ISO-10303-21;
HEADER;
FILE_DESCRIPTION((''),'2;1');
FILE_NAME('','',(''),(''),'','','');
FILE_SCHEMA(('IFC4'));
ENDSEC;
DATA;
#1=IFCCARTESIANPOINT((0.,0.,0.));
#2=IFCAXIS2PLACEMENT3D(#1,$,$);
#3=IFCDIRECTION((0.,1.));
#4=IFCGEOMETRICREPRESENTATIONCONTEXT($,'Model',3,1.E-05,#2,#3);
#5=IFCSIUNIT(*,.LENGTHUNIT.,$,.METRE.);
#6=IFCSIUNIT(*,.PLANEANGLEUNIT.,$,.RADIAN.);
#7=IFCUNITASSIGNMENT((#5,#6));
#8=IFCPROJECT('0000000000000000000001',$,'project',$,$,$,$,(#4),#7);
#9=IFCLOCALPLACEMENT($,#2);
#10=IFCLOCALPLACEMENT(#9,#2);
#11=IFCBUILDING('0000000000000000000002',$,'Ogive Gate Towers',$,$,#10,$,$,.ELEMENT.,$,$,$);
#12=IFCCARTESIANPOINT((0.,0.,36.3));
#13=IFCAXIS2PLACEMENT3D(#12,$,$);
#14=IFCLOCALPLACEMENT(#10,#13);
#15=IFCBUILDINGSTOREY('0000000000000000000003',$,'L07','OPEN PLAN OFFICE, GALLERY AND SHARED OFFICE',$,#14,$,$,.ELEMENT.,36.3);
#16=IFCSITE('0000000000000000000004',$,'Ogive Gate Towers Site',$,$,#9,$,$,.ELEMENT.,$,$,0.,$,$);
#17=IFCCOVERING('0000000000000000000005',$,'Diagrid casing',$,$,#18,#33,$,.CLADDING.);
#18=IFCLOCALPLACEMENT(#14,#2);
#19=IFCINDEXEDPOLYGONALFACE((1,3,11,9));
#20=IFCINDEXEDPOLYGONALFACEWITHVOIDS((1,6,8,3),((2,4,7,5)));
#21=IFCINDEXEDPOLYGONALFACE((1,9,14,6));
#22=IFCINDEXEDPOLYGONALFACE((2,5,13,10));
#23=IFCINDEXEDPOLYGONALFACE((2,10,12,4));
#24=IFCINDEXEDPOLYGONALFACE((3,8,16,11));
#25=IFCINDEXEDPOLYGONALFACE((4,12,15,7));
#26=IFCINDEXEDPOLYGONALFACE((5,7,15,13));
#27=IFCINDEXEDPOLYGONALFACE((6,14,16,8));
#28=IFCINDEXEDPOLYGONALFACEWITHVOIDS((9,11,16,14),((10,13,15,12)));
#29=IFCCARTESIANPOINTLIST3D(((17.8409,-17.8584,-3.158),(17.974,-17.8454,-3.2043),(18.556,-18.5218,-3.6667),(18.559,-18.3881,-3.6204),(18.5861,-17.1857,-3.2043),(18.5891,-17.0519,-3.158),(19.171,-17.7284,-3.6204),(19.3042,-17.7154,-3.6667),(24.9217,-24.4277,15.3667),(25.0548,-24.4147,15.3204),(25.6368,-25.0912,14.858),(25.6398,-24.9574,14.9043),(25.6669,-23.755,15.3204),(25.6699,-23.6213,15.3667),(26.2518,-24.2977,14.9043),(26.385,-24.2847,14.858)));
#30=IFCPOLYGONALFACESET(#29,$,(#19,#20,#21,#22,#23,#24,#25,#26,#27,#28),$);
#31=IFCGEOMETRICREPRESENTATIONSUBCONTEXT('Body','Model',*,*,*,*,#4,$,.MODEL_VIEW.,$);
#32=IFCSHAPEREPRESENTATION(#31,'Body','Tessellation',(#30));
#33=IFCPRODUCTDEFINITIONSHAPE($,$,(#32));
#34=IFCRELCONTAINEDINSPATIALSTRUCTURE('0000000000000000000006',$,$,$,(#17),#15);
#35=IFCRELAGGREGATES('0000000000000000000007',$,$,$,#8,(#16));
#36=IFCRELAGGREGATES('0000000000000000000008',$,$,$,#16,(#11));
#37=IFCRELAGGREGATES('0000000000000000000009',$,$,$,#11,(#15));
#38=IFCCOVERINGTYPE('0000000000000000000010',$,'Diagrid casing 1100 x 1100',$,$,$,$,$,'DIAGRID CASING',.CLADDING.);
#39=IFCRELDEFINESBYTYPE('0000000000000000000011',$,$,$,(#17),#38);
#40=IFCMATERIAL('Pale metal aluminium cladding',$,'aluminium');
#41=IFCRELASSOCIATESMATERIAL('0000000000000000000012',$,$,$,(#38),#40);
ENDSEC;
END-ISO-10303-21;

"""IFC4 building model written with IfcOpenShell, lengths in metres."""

from ifc_helpers import new_model, si_unit, direction, frame, origin, origin_2d, place, context, subcontext, project, spatial, hollow_rectangle, extrude, material, material_profile, profile_set, type_object, element, save


model = new_model("IFC4")

# Units and contexts
model_context = context("Model", 3, precision=1e-05, world=origin(), true_north=direction((0.0, 1.0)))
body_context = subcontext(model_context, "Body", "Model", "MODEL_VIEW")
ifc_project = project(units=[si_unit("LENGTHUNIT", "METRE"), si_unit("PLANEANGLEUNIT", "RADIAN")], contexts=[model_context])

# Site, building, storey
site_placement = place(None, origin())
site = spatial("IfcSite", under=ifc_project, at=site_placement, Name="Ogive Gate Towers Site", CompositionType="ELEMENT", RefElevation=0.0)
building_placement = place(site_placement, origin())
building = spatial("IfcBuilding", under=site, at=building_placement, Name="Ogive Gate Towers", CompositionType="ELEMENT")
storey_placement = place(building_placement, frame((0.0, 0.0, 36.3)))
storey = spatial("IfcBuildingStorey", under=building, at=storey_placement, Name="L07", Description="OPEN PLAN OFFICE, GALLERY AND SHARED OFFICE", CompositionType="ELEMENT", Elevation=36.3)

# Covering
ifc_material_1 = material(Name="Pale metal aluminium cladding", Category="aluminium")
ifc_material_profile_1 = material_profile(ifc_material_1, hollow_rectangle(XDim=1.1001, YDim=1.1001, WallThickness=0.1001, at=origin_2d()), Name="1100 x 1100 pale metal casing")
ifc_profile_set_1 = profile_set([ifc_material_profile_1], Name="Pale metal aluminium cladding")
covering_type_1 = type_object("IfcCoveringType", Name="Diagrid casing 1100 x 1100", ElementType="DIAGRID CASING", PredefinedType="CLADDING", material=ifc_profile_set_1)
for number, where, z_axis, x_axis, name in (
    (1, (18.5725, -17.7869, -3.4124), (0.338932, -0.314449, 0.886706), (0.680134, 0.733088, 0.0), "Diagrid casing"),
):
    element("IfcCovering", number, at=place(storey_placement, frame(where, z_axis=z_axis, x_axis=x_axis)), inside=storey, type_object=covering_type_1, Name=name, PredefinedType="CLADDING", context=body_context, shape_type="SweptSolid", body=[
        extrude(hollow_rectangle(XDim=1.1001, YDim=1.1001, WallThickness=0.1001, at=origin_2d()), origin(), (0.0, 0.0, 1.0), 20.8916),
    ])

save(model, "model.ifc")
